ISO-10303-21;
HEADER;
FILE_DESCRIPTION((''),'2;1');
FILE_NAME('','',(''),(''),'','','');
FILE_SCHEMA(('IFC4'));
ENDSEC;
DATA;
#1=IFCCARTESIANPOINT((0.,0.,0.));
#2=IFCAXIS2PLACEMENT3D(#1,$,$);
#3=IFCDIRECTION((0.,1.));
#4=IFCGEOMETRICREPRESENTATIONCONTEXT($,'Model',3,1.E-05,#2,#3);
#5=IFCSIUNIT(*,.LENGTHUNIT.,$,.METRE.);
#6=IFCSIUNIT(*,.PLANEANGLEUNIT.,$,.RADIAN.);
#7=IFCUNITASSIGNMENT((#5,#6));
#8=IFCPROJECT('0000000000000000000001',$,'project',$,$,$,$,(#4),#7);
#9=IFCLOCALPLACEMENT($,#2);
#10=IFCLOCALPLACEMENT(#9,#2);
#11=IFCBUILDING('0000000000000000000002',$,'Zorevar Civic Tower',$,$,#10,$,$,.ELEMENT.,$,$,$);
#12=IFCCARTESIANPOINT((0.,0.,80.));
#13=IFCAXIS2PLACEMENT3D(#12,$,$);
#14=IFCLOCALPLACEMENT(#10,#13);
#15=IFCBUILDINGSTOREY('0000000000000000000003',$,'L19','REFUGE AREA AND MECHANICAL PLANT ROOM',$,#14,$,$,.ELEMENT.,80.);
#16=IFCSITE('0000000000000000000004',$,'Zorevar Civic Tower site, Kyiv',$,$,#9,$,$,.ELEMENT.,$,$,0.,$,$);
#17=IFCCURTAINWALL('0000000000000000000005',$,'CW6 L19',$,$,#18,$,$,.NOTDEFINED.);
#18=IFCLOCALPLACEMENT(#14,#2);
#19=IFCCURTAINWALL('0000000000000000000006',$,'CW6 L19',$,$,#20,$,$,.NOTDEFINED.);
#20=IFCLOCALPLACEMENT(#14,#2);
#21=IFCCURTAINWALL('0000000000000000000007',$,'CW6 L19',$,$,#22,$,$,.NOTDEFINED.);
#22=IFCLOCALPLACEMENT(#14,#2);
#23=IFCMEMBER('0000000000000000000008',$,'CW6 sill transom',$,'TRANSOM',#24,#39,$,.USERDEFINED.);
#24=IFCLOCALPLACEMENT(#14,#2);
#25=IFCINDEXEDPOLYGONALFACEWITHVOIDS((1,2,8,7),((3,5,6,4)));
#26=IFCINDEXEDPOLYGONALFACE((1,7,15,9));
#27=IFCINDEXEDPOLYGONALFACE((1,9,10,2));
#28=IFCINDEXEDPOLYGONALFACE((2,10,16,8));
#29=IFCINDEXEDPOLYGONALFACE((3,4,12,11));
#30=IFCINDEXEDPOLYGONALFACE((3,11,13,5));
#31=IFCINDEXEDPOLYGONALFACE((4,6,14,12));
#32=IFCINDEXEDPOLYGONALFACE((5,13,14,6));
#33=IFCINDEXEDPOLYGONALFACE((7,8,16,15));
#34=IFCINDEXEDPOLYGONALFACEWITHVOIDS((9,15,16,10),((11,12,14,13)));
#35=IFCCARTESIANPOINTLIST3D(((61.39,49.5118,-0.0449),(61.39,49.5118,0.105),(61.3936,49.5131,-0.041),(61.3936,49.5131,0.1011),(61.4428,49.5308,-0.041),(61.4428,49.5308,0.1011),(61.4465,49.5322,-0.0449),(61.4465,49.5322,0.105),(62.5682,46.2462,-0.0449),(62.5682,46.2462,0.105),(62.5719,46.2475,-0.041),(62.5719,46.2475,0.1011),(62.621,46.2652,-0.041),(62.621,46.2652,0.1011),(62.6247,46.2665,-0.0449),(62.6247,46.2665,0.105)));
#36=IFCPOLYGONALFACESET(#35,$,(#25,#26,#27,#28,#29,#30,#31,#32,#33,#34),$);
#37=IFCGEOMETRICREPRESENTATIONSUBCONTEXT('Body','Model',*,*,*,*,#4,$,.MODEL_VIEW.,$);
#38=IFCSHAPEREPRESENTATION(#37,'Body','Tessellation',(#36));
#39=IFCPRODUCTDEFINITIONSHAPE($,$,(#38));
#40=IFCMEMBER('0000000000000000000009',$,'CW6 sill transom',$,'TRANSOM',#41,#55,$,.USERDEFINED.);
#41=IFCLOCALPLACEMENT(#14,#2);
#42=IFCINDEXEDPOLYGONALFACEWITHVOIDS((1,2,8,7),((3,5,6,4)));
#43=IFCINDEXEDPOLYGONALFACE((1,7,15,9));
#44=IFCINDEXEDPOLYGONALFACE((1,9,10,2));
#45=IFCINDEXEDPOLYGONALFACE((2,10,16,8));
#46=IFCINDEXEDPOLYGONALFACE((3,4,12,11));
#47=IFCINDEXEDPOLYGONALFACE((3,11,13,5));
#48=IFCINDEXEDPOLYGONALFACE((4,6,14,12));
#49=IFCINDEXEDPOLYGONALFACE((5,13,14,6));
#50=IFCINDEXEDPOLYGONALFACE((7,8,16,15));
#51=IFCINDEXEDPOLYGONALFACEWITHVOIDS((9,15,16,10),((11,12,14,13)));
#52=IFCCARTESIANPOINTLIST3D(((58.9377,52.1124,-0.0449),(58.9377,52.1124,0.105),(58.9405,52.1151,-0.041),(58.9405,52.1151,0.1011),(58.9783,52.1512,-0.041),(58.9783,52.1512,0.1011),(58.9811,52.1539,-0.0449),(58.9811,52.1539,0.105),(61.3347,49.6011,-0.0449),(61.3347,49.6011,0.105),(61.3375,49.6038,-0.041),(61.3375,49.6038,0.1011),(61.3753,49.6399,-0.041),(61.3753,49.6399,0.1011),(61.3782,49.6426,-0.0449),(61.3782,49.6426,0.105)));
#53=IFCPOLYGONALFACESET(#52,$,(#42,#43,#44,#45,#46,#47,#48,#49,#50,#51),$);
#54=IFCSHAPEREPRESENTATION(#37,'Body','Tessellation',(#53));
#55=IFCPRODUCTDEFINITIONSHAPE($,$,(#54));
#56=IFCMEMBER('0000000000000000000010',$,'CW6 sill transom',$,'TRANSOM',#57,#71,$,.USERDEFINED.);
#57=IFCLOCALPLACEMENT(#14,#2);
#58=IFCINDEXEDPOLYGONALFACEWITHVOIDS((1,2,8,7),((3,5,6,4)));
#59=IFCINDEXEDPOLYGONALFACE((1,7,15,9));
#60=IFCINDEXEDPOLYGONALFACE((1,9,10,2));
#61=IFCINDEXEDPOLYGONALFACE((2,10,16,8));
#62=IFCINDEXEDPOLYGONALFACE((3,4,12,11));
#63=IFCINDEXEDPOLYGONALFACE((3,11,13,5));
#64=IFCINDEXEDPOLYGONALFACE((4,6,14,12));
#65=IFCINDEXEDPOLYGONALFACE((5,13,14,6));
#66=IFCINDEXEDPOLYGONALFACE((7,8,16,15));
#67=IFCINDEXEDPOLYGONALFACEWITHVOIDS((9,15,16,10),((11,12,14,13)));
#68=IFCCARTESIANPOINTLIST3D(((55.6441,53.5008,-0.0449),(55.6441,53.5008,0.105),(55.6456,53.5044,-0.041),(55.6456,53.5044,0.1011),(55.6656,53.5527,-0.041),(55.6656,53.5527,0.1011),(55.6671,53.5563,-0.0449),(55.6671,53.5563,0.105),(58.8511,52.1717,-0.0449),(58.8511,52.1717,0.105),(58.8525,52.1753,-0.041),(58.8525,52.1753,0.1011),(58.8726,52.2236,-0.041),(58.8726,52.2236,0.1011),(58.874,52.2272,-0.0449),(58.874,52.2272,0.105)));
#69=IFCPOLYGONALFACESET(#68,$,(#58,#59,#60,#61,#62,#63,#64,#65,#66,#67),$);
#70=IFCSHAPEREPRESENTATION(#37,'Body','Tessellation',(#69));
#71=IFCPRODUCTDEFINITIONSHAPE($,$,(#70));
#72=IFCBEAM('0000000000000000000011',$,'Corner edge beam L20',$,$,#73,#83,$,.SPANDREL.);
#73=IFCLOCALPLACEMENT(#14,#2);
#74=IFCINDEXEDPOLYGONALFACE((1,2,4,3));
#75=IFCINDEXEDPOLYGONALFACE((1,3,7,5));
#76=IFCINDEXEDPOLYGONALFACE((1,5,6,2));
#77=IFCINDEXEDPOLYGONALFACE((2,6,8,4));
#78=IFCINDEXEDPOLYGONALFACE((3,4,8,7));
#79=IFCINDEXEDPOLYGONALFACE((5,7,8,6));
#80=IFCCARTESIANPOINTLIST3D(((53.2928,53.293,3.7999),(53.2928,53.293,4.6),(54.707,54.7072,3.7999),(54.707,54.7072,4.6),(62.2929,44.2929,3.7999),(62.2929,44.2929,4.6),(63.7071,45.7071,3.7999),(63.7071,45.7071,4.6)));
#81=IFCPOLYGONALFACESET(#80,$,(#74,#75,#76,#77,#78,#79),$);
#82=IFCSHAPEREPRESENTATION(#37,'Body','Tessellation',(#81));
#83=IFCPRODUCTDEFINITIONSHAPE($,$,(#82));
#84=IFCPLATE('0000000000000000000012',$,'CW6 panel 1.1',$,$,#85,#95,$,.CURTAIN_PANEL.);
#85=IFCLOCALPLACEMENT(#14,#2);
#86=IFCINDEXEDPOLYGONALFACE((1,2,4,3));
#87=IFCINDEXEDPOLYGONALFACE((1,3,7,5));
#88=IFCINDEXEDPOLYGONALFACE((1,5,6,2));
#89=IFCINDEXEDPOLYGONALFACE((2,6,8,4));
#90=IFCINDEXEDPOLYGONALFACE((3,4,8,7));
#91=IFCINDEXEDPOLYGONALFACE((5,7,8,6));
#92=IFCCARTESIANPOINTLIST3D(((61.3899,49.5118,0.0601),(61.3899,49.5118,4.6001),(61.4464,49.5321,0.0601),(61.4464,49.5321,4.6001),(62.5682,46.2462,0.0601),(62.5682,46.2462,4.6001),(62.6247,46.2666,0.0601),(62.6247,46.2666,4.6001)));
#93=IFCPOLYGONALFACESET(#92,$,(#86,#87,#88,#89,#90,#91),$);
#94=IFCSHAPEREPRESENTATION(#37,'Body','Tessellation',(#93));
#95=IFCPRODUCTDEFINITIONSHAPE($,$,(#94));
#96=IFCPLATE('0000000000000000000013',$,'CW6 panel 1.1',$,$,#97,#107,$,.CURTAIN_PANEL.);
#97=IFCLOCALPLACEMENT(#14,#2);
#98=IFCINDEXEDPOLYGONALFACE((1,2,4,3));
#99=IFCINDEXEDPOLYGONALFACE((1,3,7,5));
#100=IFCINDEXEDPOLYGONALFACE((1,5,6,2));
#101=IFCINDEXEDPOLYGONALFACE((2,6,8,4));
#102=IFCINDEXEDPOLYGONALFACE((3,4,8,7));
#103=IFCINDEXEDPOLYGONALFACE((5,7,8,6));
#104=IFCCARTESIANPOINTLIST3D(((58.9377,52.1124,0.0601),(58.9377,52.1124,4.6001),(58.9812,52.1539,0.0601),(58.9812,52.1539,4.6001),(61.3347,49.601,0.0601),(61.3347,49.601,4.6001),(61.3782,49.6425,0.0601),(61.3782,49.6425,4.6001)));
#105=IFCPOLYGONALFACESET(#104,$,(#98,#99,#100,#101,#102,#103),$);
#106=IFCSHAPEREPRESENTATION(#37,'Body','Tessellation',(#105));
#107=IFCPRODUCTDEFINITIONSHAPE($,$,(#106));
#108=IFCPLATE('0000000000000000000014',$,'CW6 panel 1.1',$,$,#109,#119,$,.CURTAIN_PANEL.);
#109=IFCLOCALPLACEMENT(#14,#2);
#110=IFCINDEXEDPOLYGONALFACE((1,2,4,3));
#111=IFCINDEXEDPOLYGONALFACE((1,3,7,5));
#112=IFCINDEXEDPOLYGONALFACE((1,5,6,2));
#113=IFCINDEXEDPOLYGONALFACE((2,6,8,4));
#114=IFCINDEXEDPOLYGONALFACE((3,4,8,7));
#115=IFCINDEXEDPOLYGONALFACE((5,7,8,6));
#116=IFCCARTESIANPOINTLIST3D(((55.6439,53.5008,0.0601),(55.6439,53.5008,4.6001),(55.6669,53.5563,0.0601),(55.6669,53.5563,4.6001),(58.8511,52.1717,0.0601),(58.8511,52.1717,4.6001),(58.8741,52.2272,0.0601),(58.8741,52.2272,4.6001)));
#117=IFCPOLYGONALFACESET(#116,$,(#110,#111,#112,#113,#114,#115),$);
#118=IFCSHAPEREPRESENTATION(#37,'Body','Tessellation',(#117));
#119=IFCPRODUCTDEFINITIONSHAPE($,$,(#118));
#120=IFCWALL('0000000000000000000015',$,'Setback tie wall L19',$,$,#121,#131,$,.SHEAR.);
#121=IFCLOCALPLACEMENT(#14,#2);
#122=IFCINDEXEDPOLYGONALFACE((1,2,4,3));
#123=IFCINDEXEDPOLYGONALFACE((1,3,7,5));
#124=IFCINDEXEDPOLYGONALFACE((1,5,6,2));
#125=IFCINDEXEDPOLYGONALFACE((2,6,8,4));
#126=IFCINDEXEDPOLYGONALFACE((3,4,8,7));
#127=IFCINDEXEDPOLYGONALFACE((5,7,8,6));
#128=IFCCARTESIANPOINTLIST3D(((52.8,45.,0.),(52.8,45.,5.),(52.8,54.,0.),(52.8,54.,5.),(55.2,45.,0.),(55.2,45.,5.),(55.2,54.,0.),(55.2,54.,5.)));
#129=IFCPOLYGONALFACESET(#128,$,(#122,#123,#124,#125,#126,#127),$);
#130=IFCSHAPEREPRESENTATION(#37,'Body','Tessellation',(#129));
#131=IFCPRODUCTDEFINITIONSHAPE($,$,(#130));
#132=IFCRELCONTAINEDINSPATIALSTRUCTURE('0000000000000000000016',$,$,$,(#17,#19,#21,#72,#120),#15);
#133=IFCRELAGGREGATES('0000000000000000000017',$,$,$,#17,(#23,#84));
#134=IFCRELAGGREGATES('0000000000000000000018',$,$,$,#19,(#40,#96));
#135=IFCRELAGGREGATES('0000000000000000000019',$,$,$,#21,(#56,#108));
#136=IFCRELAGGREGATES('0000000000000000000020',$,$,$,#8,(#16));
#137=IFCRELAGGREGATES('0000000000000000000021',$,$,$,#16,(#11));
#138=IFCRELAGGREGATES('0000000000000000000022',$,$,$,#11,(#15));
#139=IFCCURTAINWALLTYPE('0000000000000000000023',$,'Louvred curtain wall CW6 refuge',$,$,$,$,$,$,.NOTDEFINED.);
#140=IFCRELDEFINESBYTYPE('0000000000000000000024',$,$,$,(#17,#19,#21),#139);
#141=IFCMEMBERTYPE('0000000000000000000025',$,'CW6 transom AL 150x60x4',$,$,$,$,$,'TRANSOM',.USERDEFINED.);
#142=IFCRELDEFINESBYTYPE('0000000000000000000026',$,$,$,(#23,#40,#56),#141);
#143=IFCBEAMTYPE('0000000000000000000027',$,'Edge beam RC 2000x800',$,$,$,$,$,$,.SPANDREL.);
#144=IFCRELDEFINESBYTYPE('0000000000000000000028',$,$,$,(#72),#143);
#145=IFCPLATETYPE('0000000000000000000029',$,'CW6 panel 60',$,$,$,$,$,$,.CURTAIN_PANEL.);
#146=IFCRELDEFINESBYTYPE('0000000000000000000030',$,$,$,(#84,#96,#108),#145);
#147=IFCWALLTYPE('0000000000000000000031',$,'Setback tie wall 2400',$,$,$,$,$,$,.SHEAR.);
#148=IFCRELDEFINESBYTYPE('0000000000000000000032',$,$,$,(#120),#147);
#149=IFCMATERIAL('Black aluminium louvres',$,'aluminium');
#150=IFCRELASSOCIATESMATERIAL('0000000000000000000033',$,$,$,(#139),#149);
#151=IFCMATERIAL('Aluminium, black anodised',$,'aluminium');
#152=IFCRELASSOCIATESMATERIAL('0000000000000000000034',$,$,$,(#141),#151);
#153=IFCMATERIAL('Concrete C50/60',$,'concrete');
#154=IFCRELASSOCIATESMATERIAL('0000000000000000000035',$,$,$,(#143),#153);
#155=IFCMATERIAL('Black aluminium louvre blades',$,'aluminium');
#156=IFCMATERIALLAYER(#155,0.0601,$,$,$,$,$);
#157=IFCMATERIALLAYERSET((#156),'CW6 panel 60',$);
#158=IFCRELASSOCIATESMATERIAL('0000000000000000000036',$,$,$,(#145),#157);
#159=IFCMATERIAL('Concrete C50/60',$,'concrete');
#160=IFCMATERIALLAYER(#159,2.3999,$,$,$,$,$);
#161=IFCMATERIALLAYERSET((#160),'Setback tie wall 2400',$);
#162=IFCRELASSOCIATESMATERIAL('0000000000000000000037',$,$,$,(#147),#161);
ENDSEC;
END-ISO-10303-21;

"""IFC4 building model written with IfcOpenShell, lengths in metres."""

from ifc_helpers import new_model, si_unit, direction, frame, frame_2d, origin, origin_2d, place, context, subcontext, project, spatial, rectangle, hollow_rectangle, extrude, material, layer, layer_set, material_profile, profile_set, type_object, element, aggregate, save


model = new_model("IFC4")

# Units and contexts
model_context = context("Model", 3, precision=1e-05, world=origin(), true_north=direction((0.0, 1.0)))
body_context = subcontext(model_context, "Body", "Model", "MODEL_VIEW")
ifc_project = project(units=[si_unit("LENGTHUNIT", "METRE"), si_unit("PLANEANGLEUNIT", "RADIAN")], contexts=[model_context])

# Site, building, storey
site_placement = place(None, origin())
site = spatial("IfcSite", under=ifc_project, at=site_placement, Name="Zorevar Civic Tower site, Kyiv", CompositionType="ELEMENT", RefElevation=0.0)
building_placement = place(site_placement, origin())
building = spatial("IfcBuilding", under=site, at=building_placement, Name="Zorevar Civic Tower", CompositionType="ELEMENT")
storey_placement = place(building_placement, frame((0.0, 0.0, 80.0)))
storey = spatial("IfcBuildingStorey", under=building, at=storey_placement, Name="L19", Description="REFUGE AREA AND MECHANICAL PLANT ROOM", CompositionType="ELEMENT", Elevation=80.0)

# Curtain walls
ifc_material_1 = material(Name="Black aluminium louvres", Category="aluminium")
curtain_wall_type = type_object("IfcCurtainWallType", Name="Louvred curtain wall CW6 refuge", PredefinedType="NOTDEFINED", material=ifc_material_1)
curtain_wall_1_placement = place(storey_placement, origin())
curtain_wall_1 = element("IfcCurtainWall", 1, at=curtain_wall_1_placement, inside=storey, type_object=curtain_wall_type, Name="CW6 L19", PredefinedType="NOTDEFINED")
curtain_wall_2_placement = place(storey_placement, origin())
curtain_wall_2 = element("IfcCurtainWall", 2, at=curtain_wall_2_placement, inside=storey, type_object=curtain_wall_type, Name="CW6 L19", PredefinedType="NOTDEFINED")
curtain_wall_3_placement = place(storey_placement, origin())
curtain_wall_3 = element("IfcCurtainWall", 3, at=curtain_wall_3_placement, inside=storey, type_object=curtain_wall_type, Name="CW6 L19", PredefinedType="NOTDEFINED")

# Members
ifc_material_2 = material(Name="Aluminium, black anodised", Category="aluminium")
ifc_material_profile_1 = material_profile(ifc_material_2, hollow_rectangle(XDim=0.0601, YDim=0.1499, WallThickness=0.0039, at=origin_2d()), Name="AL 150x60x4")
ifc_profile_set_1 = profile_set([ifc_material_profile_1], Name="Aluminium, black anodised")
member_type_1 = type_object("IfcMemberType", Name="CW6 transom AL 150x60x4", ElementType="TRANSOM", PredefinedType="USERDEFINED", material=ifc_profile_set_1)
member_1_placement = place(storey_placement, frame((62.5964, 46.2563, 0.03), z_axis=(-0.339382, 0.940649, 0.0), x_axis=(-0.940649, -0.339382, 0.0)))
member_1 = element("IfcMember", 4, at=member_1_placement, type_object=member_type_1, Name="CW6 sill transom", ObjectType="TRANSOM", PredefinedType="USERDEFINED", context=body_context, shape_type="SweptSolid", body=[
    extrude(hollow_rectangle(XDim=0.0601, YDim=0.1499, WallThickness=0.0039, at=origin_2d()), origin(), (0.0, 0.0, 1.0), 3.4717),
])
member_2_placement = place(storey_placement, frame((61.3564, 49.6218, 0.03), z_axis=(-0.690459, 0.723372, 0.0), x_axis=(-0.723372, -0.690459, 0.0)))
member_2 = element("IfcMember", 5, at=member_2_placement, type_object=member_type_1, Name="CW6 sill transom", ObjectType="TRANSOM", PredefinedType="USERDEFINED", context=body_context, shape_type="SweptSolid", body=[
    extrude(hollow_rectangle(XDim=0.0601, YDim=0.1499, WallThickness=0.0039, at=origin_2d()), origin(), (0.0, 0.0, 1.0), 3.4717),
])
member_3_placement = place(storey_placement, frame((58.8625, 52.1995, 0.03), z_axis=(-0.923808, 0.382857, 0.0), x_axis=(-0.382857, -0.923808, 0.0)))
member_3 = element("IfcMember", 6, at=member_3_placement, type_object=member_type_1, Name="CW6 sill transom", ObjectType="TRANSOM", PredefinedType="USERDEFINED", context=body_context, shape_type="SweptSolid", body=[
    extrude(hollow_rectangle(XDim=0.0601, YDim=0.1499, WallThickness=0.0039, at=origin_2d()), origin(), (0.0, 0.0, 1.0), 3.4714),
])

# Beam
ifc_material_3 = material(Name="Concrete C50/60", Category="concrete")
ifc_material_profile_2 = material_profile(ifc_material_3, rectangle(XDim=2.0, YDim=0.8, at=origin_2d()), Name="RC 2000x800")
ifc_profile_set_2 = profile_set([ifc_material_profile_2], Name="Concrete C50/60")
beam_type_1 = type_object("IfcBeamType", Name="Edge beam RC 2000x800", PredefinedType="SPANDREL", material=ifc_profile_set_2)
beam_1_placement = place(storey_placement, frame((63.0, 45.0, 4.2), z_axis=(-0.707107, 0.707107, 0.0), x_axis=(-0.707107, -0.707107, 0.0)))
element("IfcBeam", 7, at=beam_1_placement, inside=storey, type_object=beam_type_1, Name="Corner edge beam L20", PredefinedType="SPANDREL", context=body_context, shape_type="SweptSolid", body=[
    extrude(rectangle(XDim=2.0, YDim=0.8, at=origin_2d()), origin(), (0.0, 0.0, 1.0), 12.728),
])

# Plates
ifc_material_4 = material(Name="Black aluminium louvre blades", Category="aluminium")
ifc_layer_1 = layer(ifc_material_4, 0.0601)
ifc_layer_set_1 = layer_set([ifc_layer_1], Name="CW6 panel 60")
plate_type = type_object("IfcPlateType", Name="CW6 panel 60", PredefinedType="CURTAIN_PANEL", material=ifc_layer_set_1)
plate_1_placement = place(storey_placement, frame((62.0073, 47.8892, 0.0601), z_axis=(0.0, 0.0, 1.0), x_axis=(-0.339415, 0.940637, 0.0)))
plate_1 = element("IfcPlate", 8, at=plate_1_placement, type_object=plate_type, Name="CW6 panel 1.1", PredefinedType="CURTAIN_PANEL", context=body_context, shape_type="SweptSolid", body=[
    extrude(rectangle(XDim=3.4717, YDim=0.0601, at=origin_2d()), origin(), (0.0, 0.0, 1.0), 4.54),
])
aggregate(curtain_wall_1, [member_1, plate_1])
plate_2_placement = place(storey_placement, frame((60.158, 50.8774, 0.0601), z_axis=(0.0, 0.0, 1.0), x_axis=(-0.690437, 0.723393, 0.0)))
plate_2 = element("IfcPlate", 9, at=plate_2_placement, type_object=plate_type, Name="CW6 panel 1.1", PredefinedType="CURTAIN_PANEL", context=body_context, shape_type="SweptSolid", body=[
    extrude(rectangle(XDim=3.4717, YDim=0.0601, at=origin_2d()), origin(), (0.0, 0.0, 1.0), 4.54),
])
aggregate(curtain_wall_2, [member_2, plate_2])
plate_3_placement = place(storey_placement, frame((57.259, 52.864, 0.0601), z_axis=(0.0, 0.0, 1.0), x_axis=(-0.923814, 0.382841, 0.0)))
plate_3 = element("IfcPlate", 10, at=plate_3_placement, type_object=plate_type, Name="CW6 panel 1.1", PredefinedType="CURTAIN_PANEL", context=body_context, shape_type="SweptSolid", body=[
    extrude(rectangle(XDim=3.4717, YDim=0.0601, at=origin_2d()), origin(), (0.0, 0.0, 1.0), 4.54),
])
aggregate(curtain_wall_3, [member_3, plate_3])

# Wall
ifc_material_5 = material(Name="Concrete C50/60", Category="concrete")
ifc_layer_2 = layer(ifc_material_5, 2.3999)
ifc_layer_set_2 = layer_set([ifc_layer_2], Name="Setback tie wall 2400")
wall_type = type_object("IfcWallType", Name="Setback tie wall 2400", PredefinedType="SHEAR", material=ifc_layer_set_2)
wall_placement = place(storey_placement, frame((54.0, 45.0, 0.0), z_axis=(0.0, 0.0, 1.0), x_axis=(0.0, 1.0, 0.0)))
element("IfcWall", 11, at=wall_placement, inside=storey, type_object=wall_type, Name="Setback tie wall L19", PredefinedType="SHEAR", context=body_context, shape_type="SweptSolid", body=[
    extrude(rectangle(XDim=9.0, YDim=2.3999, at=frame_2d((4.5, 0.0))), origin(), (0.0, 0.0, 1.0), 5.0),
])

save(model, "model.ifc")
